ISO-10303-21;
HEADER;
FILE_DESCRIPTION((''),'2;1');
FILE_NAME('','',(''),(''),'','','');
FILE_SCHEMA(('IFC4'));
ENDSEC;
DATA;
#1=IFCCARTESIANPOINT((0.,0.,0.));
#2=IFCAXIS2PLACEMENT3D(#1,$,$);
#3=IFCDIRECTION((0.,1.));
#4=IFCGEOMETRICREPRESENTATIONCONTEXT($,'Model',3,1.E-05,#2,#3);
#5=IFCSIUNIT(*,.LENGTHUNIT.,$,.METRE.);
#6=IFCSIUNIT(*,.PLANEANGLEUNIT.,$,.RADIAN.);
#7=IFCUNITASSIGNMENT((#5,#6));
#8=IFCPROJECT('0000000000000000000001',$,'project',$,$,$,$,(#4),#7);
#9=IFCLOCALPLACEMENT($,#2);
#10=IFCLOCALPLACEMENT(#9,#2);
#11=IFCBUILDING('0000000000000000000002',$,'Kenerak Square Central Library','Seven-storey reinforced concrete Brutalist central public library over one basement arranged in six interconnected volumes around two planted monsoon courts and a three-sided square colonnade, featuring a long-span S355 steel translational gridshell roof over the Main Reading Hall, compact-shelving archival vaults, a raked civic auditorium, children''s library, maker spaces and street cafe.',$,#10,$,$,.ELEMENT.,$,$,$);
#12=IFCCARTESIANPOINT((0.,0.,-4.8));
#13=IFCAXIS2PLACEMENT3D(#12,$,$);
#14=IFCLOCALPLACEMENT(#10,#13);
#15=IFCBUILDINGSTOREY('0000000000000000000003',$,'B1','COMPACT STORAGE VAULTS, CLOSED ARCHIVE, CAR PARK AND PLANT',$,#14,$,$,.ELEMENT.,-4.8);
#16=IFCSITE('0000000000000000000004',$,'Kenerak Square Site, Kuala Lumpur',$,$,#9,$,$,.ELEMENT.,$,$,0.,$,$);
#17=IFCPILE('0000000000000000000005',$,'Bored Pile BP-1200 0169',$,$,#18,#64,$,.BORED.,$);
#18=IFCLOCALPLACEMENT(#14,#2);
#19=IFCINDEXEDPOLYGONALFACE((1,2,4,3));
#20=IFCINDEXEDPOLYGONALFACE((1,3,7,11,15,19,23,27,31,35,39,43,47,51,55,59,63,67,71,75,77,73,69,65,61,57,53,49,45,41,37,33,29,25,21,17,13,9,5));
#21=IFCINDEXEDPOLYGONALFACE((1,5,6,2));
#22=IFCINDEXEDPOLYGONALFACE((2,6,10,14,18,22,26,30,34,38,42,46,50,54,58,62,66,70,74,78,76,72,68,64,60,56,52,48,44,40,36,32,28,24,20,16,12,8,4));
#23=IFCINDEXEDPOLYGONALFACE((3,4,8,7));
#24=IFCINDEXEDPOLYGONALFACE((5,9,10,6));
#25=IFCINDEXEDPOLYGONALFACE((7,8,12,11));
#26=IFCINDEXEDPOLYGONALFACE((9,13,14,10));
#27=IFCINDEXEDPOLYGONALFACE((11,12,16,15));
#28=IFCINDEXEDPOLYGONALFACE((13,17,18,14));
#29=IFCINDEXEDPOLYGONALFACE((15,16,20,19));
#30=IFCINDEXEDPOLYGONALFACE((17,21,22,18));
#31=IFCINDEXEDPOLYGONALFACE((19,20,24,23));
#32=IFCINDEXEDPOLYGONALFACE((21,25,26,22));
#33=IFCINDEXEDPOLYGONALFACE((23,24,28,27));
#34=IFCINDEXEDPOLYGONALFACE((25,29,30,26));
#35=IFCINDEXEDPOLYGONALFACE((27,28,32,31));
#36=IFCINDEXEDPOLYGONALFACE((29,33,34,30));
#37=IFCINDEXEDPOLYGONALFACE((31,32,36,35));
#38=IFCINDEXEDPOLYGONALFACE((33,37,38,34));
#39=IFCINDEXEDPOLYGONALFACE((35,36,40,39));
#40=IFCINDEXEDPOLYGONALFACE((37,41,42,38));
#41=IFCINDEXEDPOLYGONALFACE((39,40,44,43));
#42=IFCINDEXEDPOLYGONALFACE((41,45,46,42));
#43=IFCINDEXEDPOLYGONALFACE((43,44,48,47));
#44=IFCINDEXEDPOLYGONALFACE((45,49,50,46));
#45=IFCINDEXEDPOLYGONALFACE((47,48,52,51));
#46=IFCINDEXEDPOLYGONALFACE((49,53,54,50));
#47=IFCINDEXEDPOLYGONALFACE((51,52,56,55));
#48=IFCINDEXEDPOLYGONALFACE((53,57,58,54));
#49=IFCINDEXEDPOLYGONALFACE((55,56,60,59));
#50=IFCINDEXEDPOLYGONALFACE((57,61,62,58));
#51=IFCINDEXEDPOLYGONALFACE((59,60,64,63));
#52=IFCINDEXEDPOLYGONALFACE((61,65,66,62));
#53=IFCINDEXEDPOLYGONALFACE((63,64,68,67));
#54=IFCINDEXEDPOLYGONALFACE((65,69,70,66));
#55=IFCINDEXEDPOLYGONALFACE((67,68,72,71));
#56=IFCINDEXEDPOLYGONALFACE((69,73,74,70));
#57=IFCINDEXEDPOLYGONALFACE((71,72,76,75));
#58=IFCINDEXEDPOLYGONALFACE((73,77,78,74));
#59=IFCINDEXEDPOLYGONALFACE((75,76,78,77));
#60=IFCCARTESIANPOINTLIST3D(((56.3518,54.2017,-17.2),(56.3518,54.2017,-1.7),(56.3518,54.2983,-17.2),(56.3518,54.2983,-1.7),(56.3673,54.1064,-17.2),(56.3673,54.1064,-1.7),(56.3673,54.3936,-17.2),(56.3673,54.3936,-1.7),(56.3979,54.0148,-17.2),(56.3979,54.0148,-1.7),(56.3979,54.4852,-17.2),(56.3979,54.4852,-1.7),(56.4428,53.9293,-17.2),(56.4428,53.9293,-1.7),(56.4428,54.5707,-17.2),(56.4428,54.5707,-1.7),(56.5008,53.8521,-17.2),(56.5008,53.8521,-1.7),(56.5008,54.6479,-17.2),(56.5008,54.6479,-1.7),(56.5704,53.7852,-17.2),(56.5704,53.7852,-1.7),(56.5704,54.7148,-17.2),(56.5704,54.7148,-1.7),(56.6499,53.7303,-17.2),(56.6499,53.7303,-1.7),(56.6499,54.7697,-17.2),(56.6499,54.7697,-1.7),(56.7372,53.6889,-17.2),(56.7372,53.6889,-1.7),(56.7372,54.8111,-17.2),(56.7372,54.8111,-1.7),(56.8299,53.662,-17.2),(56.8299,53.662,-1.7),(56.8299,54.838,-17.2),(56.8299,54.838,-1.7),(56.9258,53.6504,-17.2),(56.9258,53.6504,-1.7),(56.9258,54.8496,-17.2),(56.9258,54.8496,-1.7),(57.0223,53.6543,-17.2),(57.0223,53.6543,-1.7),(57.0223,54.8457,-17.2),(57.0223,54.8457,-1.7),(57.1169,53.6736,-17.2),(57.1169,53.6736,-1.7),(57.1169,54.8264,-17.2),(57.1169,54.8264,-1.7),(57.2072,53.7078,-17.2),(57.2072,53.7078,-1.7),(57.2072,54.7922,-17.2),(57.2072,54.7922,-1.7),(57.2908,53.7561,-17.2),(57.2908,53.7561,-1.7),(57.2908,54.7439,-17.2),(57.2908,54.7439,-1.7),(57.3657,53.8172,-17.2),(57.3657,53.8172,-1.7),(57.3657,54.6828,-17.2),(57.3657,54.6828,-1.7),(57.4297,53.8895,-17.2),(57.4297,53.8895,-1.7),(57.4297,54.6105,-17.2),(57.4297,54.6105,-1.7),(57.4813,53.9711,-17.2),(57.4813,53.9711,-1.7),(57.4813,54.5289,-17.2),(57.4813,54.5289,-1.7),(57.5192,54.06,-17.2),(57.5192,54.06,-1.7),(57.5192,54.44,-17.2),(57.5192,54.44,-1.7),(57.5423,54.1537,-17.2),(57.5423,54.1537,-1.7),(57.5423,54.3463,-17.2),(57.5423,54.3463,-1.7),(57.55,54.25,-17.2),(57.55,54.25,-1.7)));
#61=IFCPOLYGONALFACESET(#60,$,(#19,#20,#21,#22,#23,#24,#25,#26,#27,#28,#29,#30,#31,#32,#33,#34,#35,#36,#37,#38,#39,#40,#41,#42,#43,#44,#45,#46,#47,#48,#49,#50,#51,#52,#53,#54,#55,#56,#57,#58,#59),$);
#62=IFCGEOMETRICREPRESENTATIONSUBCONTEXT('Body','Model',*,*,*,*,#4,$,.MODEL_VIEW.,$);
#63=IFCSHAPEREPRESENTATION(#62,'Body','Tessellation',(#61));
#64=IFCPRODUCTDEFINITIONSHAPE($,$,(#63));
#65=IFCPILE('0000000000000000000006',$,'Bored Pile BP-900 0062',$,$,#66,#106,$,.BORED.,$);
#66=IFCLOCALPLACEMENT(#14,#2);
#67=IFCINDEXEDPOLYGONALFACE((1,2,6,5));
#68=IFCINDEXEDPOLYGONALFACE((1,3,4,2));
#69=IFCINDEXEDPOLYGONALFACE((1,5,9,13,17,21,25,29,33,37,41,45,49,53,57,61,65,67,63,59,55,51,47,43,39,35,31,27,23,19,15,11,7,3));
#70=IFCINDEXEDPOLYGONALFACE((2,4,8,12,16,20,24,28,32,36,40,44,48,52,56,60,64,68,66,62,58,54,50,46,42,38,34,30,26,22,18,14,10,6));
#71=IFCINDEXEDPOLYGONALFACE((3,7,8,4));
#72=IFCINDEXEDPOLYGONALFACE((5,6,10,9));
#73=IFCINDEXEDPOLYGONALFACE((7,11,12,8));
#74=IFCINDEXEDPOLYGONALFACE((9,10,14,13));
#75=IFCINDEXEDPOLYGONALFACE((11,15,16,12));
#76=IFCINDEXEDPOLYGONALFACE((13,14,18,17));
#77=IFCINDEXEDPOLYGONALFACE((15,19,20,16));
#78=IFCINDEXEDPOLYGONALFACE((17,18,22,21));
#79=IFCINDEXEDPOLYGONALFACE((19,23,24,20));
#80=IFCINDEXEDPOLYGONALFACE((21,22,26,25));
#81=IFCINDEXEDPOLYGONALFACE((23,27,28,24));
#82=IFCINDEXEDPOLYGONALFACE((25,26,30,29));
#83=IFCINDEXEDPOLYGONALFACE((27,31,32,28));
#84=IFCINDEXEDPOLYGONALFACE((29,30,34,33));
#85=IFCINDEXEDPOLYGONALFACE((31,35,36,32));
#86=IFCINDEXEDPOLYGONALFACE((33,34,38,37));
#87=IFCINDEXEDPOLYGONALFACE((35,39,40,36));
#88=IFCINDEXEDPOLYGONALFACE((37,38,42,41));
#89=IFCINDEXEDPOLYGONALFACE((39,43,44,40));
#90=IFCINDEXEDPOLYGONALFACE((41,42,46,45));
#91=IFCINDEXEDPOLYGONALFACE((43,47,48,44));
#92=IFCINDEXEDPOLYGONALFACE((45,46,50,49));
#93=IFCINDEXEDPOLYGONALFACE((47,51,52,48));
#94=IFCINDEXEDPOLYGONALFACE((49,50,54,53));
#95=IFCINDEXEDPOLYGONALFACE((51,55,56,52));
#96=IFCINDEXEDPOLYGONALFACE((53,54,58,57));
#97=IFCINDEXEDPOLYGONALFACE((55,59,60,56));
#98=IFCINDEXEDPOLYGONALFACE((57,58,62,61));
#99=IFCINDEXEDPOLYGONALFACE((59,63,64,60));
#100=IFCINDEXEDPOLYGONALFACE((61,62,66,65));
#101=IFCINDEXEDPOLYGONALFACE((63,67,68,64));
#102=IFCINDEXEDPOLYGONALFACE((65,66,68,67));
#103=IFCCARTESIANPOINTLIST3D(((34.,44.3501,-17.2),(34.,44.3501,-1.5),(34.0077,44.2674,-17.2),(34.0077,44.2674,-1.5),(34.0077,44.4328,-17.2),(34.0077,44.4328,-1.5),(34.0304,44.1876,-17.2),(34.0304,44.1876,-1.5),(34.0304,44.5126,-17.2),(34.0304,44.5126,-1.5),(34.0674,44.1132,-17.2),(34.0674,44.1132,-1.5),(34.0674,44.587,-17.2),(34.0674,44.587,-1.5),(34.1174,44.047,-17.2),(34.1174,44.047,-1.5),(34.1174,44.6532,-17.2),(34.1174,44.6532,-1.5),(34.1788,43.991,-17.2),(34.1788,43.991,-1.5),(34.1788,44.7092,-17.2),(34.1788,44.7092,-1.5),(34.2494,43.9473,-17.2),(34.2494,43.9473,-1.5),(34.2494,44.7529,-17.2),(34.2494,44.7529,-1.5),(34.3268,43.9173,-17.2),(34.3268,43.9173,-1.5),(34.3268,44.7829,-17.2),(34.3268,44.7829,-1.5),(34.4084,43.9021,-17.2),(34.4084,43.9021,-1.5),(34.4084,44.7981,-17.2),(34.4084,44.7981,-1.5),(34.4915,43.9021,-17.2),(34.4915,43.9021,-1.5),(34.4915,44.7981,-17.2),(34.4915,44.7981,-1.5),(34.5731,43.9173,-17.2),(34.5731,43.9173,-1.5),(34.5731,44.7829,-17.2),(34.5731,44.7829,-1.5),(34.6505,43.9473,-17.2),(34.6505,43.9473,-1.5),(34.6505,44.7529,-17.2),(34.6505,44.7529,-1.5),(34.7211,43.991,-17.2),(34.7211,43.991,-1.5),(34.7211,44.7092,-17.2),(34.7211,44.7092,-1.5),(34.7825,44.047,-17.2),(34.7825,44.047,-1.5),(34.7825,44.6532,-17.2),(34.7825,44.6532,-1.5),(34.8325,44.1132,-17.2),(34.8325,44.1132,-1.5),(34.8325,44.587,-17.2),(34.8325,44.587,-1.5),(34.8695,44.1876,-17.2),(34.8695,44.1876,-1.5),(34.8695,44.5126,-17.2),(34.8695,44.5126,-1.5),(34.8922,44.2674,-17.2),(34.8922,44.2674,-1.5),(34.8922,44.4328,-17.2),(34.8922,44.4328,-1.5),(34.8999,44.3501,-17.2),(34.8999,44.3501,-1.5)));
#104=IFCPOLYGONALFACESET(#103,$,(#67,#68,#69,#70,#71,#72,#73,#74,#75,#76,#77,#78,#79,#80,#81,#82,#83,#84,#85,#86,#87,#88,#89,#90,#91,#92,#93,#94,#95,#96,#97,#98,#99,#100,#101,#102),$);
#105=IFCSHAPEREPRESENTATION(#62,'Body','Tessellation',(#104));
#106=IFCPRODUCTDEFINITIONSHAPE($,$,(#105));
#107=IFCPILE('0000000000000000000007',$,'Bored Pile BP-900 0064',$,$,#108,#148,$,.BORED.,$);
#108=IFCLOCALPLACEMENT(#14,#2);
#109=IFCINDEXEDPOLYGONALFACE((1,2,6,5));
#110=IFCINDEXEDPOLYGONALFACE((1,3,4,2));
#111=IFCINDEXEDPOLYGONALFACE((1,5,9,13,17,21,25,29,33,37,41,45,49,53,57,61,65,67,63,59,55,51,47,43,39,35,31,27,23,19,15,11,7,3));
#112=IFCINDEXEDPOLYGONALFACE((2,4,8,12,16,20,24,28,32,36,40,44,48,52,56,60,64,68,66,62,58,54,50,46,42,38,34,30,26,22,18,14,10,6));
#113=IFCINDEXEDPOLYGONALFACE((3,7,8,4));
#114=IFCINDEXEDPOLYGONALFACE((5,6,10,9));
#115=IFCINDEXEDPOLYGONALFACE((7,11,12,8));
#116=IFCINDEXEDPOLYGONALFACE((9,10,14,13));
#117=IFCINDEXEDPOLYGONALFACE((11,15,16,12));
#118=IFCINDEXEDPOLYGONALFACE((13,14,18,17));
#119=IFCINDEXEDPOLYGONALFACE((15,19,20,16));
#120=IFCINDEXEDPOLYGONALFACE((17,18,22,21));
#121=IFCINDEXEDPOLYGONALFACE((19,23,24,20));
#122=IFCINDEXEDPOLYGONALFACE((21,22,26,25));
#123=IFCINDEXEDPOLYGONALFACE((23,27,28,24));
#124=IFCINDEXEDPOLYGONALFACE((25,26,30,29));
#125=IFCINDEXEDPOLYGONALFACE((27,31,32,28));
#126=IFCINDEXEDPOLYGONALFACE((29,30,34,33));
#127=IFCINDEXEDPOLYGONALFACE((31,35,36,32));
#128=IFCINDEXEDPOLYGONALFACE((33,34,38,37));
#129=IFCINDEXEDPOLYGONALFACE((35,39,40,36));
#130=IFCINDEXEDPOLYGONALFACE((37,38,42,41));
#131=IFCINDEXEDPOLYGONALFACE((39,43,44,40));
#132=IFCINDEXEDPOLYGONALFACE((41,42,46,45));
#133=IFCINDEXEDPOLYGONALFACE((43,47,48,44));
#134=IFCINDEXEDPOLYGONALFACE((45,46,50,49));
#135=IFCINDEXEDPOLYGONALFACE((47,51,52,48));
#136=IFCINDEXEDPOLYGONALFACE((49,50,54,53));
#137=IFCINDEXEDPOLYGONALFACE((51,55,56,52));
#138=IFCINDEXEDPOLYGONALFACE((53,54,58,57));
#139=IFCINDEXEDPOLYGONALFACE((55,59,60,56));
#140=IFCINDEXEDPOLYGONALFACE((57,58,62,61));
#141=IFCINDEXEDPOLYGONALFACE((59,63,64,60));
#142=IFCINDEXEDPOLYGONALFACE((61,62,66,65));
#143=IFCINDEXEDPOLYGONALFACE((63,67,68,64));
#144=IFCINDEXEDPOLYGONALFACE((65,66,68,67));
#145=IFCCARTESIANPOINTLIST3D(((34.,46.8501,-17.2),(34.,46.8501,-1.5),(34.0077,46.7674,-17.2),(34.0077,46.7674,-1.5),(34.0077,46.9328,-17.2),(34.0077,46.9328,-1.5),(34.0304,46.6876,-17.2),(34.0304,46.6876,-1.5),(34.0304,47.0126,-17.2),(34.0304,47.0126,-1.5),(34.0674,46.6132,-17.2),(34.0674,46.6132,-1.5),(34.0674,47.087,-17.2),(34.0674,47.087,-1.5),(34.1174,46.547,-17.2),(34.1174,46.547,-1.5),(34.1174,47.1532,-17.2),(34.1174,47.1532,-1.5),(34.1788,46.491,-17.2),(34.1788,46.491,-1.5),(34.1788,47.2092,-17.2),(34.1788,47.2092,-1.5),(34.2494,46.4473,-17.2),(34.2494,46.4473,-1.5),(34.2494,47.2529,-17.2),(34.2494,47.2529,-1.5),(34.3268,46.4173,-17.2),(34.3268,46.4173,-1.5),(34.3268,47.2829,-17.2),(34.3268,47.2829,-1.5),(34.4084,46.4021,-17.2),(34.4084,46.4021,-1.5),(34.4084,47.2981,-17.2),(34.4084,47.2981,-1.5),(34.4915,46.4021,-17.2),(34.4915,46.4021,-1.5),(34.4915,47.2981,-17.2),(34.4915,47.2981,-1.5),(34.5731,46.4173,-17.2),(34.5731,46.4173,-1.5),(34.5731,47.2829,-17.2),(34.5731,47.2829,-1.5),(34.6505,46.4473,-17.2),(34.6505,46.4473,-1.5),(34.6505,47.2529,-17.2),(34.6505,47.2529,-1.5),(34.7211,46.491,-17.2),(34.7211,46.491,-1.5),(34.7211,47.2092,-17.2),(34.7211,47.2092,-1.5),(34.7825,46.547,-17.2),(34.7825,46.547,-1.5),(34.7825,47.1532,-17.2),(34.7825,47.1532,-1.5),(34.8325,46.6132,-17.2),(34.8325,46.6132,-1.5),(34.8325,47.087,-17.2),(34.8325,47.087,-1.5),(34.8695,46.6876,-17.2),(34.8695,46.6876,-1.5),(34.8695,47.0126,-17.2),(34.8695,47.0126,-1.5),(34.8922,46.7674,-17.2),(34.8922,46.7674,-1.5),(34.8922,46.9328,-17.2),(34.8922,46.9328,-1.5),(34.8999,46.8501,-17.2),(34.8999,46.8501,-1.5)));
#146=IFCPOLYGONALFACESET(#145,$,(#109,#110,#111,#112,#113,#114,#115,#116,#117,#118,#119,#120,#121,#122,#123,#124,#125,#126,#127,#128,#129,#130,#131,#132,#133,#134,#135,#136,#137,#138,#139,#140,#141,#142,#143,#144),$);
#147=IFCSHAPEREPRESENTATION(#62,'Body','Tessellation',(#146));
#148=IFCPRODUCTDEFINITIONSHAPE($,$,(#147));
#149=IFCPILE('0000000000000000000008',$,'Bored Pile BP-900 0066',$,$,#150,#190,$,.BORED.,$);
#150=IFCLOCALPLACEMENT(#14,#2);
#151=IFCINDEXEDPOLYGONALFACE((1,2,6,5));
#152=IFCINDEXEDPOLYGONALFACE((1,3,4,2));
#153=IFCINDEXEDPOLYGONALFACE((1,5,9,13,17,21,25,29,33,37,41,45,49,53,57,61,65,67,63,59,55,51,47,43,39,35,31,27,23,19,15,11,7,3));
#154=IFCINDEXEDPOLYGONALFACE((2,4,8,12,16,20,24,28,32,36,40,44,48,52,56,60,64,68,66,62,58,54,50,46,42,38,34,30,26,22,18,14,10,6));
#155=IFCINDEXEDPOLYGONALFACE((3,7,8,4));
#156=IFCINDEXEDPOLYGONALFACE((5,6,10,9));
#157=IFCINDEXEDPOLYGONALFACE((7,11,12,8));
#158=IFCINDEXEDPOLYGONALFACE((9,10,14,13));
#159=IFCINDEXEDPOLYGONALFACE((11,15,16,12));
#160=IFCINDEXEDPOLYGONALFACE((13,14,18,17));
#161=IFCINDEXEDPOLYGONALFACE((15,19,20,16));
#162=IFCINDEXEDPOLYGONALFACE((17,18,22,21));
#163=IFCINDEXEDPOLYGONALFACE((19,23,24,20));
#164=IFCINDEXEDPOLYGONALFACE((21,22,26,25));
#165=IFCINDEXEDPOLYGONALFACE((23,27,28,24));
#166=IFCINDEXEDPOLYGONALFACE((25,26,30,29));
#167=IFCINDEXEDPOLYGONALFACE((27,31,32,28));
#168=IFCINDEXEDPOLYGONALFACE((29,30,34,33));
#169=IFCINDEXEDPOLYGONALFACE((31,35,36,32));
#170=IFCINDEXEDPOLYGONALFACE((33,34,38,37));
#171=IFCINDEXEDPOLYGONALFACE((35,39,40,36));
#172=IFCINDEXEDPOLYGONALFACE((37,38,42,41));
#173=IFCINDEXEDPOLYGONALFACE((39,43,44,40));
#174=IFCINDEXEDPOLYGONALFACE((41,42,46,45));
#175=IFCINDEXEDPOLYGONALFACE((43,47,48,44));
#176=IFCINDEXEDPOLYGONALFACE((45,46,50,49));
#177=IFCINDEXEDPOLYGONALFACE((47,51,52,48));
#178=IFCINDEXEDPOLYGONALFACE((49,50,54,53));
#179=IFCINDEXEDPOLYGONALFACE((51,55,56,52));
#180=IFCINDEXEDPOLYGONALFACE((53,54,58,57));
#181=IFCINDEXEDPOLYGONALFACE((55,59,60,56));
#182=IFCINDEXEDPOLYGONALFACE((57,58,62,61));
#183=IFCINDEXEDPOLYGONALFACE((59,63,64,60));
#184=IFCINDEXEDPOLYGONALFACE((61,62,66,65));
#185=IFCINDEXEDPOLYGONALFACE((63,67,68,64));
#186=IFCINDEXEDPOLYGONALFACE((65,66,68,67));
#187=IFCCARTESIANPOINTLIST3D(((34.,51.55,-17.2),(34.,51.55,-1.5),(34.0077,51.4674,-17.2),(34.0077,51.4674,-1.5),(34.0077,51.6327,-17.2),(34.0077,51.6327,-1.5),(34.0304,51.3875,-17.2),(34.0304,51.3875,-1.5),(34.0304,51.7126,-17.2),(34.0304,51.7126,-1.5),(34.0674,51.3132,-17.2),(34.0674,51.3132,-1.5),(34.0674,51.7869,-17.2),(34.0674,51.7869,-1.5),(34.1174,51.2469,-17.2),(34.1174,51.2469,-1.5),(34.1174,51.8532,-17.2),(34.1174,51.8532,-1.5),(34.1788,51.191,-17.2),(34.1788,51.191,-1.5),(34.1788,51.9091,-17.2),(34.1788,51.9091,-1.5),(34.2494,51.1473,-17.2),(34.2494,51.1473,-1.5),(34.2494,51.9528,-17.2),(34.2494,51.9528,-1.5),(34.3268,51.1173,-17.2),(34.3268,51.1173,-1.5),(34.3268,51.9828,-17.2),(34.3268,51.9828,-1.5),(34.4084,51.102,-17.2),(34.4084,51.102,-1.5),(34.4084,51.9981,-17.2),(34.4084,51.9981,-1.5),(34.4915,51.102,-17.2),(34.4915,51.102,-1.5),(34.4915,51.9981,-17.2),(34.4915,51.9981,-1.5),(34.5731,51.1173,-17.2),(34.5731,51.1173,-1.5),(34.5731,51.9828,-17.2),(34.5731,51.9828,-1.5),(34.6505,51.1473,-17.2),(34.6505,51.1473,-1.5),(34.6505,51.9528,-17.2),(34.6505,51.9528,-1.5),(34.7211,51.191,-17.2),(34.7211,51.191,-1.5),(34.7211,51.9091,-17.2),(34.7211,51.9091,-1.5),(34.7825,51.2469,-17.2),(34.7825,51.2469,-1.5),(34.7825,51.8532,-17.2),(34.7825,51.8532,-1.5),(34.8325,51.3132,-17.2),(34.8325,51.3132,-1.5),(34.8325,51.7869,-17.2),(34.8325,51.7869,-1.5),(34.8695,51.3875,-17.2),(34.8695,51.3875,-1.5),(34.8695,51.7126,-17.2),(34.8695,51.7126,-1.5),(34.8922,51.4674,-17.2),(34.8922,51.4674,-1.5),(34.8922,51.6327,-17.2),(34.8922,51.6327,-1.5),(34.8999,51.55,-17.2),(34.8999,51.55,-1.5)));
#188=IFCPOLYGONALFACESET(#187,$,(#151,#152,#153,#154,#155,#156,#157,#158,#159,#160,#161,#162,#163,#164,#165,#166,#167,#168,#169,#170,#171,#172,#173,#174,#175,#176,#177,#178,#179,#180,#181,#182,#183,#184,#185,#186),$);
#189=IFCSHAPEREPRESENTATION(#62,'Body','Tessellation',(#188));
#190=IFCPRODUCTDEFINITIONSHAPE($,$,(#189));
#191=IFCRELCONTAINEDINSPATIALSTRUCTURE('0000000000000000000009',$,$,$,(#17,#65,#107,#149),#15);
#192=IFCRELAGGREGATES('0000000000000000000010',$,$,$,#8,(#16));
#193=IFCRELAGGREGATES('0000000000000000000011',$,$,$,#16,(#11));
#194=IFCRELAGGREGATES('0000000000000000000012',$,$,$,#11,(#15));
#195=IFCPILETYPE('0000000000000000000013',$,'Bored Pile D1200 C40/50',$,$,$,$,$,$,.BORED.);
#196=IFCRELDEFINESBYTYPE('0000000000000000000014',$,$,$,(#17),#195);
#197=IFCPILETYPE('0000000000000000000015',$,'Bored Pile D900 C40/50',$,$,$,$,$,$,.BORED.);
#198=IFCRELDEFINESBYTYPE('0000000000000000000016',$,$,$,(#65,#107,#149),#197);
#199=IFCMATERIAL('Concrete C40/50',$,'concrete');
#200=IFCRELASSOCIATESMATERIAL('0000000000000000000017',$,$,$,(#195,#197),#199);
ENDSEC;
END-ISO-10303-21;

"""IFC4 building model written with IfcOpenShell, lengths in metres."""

from ifc_helpers import new_model, si_unit, direction, frame, origin, origin_2d, place, context, subcontext, project, spatial, circle, extrude, material, material_profile, profile_set, type_object, element, save


model = new_model("IFC4")

# Units and contexts
model_context = context("Model", 3, precision=1e-05, world=origin(), true_north=direction((0.0, 1.0)))
body_context = subcontext(model_context, "Body", "Model", "MODEL_VIEW")
ifc_project = project(units=[si_unit("LENGTHUNIT", "METRE"), si_unit("PLANEANGLEUNIT", "RADIAN")], contexts=[model_context])

# Site, building, storey
site_placement = place(None, origin())
site = spatial("IfcSite", under=ifc_project, at=site_placement, Name="Kenerak Square Site, Kuala Lumpur", CompositionType="ELEMENT", RefElevation=0.0)
building_placement = place(site_placement, origin())
building = spatial("IfcBuilding", under=site, at=building_placement, Name="Kenerak Square Central Library", Description="Seven-storey reinforced concrete Brutalist central public library over one basement arranged in six interconnected volumes around two planted monsoon courts and a three-sided square colonnade, featuring a long-span S355 steel translational gridshell roof over the Main Reading Hall, compact-shelving archival vaults, a raked civic auditorium, children's library, maker spaces and street cafe.", CompositionType="ELEMENT")
storey_placement = place(building_placement, frame((0.0, 0.0, -4.8)))
storey = spatial("IfcBuildingStorey", under=building, at=storey_placement, Name="B1", Description="COMPACT STORAGE VAULTS, CLOSED ARCHIVE, CAR PARK AND PLANT", CompositionType="ELEMENT", Elevation=-4.8)

# Piles
ifc_material_1 = material(Name="Concrete C40/50", Category="concrete")
ifc_material_profile_1 = material_profile(ifc_material_1, circle(Radius=0.6001, at=origin_2d()), Name="BP D1200")
ifc_profile_set_1 = profile_set([ifc_material_profile_1], Name="Concrete C40/50")
pile_type_1 = type_object("IfcPileType", Name="Bored Pile D1200 C40/50", PredefinedType="BORED", material=ifc_profile_set_1)
for number, where, z_axis, x_axis, name in (
    (1, (56.95, 54.25, -1.7), (0.0, 0.0, -1.0), (1.0, 0.0, 0.0), "Bored Pile BP-1200 0169"),
):
    element("IfcPile", number, at=place(storey_placement, frame(where, z_axis=z_axis, x_axis=x_axis)), inside=storey, type_object=pile_type_1, Name=name, PredefinedType="BORED", context=body_context, shape_type="SweptSolid", body=[
        extrude(circle(Radius=0.6001, at=origin_2d()), origin(), (0.0, 0.0, 1.0), 15.5),
    ])
ifc_material_profile_2 = material_profile(ifc_material_1, circle(Radius=0.45, at=origin_2d()), Name="BP D900")
ifc_profile_set_2 = profile_set([ifc_material_profile_2], Name="Concrete C40/50")
pile_type_2 = type_object("IfcPileType", Name="Bored Pile D900 C40/50", PredefinedType="BORED", material=ifc_profile_set_2)
for number, where, z_axis, x_axis, name in (
    (2, (34.45, 44.3501, -1.5), (0.0, 0.0, -1.0), (1.0, 0.0, 0.0), "Bored Pile BP-900 0062"),
    (3, (34.45, 46.8501, -1.5), (0.0, 0.0, -1.0), (1.0, 0.0, 0.0), "Bored Pile BP-900 0064"),
    (4, (34.45, 51.55, -1.5), (0.0, 0.0, -1.0), (1.0, 0.0, 0.0), "Bored Pile BP-900 0066"),
):
    element("IfcPile", number, at=place(storey_placement, frame(where, z_axis=z_axis, x_axis=x_axis)), inside=storey, type_object=pile_type_2, Name=name, PredefinedType="BORED", context=body_context, shape_type="SweptSolid", body=[
        extrude(circle(Radius=0.45, at=origin_2d()), origin(), (0.0, 0.0, 1.0), 15.7),
    ])

save(model, "model.ifc")
